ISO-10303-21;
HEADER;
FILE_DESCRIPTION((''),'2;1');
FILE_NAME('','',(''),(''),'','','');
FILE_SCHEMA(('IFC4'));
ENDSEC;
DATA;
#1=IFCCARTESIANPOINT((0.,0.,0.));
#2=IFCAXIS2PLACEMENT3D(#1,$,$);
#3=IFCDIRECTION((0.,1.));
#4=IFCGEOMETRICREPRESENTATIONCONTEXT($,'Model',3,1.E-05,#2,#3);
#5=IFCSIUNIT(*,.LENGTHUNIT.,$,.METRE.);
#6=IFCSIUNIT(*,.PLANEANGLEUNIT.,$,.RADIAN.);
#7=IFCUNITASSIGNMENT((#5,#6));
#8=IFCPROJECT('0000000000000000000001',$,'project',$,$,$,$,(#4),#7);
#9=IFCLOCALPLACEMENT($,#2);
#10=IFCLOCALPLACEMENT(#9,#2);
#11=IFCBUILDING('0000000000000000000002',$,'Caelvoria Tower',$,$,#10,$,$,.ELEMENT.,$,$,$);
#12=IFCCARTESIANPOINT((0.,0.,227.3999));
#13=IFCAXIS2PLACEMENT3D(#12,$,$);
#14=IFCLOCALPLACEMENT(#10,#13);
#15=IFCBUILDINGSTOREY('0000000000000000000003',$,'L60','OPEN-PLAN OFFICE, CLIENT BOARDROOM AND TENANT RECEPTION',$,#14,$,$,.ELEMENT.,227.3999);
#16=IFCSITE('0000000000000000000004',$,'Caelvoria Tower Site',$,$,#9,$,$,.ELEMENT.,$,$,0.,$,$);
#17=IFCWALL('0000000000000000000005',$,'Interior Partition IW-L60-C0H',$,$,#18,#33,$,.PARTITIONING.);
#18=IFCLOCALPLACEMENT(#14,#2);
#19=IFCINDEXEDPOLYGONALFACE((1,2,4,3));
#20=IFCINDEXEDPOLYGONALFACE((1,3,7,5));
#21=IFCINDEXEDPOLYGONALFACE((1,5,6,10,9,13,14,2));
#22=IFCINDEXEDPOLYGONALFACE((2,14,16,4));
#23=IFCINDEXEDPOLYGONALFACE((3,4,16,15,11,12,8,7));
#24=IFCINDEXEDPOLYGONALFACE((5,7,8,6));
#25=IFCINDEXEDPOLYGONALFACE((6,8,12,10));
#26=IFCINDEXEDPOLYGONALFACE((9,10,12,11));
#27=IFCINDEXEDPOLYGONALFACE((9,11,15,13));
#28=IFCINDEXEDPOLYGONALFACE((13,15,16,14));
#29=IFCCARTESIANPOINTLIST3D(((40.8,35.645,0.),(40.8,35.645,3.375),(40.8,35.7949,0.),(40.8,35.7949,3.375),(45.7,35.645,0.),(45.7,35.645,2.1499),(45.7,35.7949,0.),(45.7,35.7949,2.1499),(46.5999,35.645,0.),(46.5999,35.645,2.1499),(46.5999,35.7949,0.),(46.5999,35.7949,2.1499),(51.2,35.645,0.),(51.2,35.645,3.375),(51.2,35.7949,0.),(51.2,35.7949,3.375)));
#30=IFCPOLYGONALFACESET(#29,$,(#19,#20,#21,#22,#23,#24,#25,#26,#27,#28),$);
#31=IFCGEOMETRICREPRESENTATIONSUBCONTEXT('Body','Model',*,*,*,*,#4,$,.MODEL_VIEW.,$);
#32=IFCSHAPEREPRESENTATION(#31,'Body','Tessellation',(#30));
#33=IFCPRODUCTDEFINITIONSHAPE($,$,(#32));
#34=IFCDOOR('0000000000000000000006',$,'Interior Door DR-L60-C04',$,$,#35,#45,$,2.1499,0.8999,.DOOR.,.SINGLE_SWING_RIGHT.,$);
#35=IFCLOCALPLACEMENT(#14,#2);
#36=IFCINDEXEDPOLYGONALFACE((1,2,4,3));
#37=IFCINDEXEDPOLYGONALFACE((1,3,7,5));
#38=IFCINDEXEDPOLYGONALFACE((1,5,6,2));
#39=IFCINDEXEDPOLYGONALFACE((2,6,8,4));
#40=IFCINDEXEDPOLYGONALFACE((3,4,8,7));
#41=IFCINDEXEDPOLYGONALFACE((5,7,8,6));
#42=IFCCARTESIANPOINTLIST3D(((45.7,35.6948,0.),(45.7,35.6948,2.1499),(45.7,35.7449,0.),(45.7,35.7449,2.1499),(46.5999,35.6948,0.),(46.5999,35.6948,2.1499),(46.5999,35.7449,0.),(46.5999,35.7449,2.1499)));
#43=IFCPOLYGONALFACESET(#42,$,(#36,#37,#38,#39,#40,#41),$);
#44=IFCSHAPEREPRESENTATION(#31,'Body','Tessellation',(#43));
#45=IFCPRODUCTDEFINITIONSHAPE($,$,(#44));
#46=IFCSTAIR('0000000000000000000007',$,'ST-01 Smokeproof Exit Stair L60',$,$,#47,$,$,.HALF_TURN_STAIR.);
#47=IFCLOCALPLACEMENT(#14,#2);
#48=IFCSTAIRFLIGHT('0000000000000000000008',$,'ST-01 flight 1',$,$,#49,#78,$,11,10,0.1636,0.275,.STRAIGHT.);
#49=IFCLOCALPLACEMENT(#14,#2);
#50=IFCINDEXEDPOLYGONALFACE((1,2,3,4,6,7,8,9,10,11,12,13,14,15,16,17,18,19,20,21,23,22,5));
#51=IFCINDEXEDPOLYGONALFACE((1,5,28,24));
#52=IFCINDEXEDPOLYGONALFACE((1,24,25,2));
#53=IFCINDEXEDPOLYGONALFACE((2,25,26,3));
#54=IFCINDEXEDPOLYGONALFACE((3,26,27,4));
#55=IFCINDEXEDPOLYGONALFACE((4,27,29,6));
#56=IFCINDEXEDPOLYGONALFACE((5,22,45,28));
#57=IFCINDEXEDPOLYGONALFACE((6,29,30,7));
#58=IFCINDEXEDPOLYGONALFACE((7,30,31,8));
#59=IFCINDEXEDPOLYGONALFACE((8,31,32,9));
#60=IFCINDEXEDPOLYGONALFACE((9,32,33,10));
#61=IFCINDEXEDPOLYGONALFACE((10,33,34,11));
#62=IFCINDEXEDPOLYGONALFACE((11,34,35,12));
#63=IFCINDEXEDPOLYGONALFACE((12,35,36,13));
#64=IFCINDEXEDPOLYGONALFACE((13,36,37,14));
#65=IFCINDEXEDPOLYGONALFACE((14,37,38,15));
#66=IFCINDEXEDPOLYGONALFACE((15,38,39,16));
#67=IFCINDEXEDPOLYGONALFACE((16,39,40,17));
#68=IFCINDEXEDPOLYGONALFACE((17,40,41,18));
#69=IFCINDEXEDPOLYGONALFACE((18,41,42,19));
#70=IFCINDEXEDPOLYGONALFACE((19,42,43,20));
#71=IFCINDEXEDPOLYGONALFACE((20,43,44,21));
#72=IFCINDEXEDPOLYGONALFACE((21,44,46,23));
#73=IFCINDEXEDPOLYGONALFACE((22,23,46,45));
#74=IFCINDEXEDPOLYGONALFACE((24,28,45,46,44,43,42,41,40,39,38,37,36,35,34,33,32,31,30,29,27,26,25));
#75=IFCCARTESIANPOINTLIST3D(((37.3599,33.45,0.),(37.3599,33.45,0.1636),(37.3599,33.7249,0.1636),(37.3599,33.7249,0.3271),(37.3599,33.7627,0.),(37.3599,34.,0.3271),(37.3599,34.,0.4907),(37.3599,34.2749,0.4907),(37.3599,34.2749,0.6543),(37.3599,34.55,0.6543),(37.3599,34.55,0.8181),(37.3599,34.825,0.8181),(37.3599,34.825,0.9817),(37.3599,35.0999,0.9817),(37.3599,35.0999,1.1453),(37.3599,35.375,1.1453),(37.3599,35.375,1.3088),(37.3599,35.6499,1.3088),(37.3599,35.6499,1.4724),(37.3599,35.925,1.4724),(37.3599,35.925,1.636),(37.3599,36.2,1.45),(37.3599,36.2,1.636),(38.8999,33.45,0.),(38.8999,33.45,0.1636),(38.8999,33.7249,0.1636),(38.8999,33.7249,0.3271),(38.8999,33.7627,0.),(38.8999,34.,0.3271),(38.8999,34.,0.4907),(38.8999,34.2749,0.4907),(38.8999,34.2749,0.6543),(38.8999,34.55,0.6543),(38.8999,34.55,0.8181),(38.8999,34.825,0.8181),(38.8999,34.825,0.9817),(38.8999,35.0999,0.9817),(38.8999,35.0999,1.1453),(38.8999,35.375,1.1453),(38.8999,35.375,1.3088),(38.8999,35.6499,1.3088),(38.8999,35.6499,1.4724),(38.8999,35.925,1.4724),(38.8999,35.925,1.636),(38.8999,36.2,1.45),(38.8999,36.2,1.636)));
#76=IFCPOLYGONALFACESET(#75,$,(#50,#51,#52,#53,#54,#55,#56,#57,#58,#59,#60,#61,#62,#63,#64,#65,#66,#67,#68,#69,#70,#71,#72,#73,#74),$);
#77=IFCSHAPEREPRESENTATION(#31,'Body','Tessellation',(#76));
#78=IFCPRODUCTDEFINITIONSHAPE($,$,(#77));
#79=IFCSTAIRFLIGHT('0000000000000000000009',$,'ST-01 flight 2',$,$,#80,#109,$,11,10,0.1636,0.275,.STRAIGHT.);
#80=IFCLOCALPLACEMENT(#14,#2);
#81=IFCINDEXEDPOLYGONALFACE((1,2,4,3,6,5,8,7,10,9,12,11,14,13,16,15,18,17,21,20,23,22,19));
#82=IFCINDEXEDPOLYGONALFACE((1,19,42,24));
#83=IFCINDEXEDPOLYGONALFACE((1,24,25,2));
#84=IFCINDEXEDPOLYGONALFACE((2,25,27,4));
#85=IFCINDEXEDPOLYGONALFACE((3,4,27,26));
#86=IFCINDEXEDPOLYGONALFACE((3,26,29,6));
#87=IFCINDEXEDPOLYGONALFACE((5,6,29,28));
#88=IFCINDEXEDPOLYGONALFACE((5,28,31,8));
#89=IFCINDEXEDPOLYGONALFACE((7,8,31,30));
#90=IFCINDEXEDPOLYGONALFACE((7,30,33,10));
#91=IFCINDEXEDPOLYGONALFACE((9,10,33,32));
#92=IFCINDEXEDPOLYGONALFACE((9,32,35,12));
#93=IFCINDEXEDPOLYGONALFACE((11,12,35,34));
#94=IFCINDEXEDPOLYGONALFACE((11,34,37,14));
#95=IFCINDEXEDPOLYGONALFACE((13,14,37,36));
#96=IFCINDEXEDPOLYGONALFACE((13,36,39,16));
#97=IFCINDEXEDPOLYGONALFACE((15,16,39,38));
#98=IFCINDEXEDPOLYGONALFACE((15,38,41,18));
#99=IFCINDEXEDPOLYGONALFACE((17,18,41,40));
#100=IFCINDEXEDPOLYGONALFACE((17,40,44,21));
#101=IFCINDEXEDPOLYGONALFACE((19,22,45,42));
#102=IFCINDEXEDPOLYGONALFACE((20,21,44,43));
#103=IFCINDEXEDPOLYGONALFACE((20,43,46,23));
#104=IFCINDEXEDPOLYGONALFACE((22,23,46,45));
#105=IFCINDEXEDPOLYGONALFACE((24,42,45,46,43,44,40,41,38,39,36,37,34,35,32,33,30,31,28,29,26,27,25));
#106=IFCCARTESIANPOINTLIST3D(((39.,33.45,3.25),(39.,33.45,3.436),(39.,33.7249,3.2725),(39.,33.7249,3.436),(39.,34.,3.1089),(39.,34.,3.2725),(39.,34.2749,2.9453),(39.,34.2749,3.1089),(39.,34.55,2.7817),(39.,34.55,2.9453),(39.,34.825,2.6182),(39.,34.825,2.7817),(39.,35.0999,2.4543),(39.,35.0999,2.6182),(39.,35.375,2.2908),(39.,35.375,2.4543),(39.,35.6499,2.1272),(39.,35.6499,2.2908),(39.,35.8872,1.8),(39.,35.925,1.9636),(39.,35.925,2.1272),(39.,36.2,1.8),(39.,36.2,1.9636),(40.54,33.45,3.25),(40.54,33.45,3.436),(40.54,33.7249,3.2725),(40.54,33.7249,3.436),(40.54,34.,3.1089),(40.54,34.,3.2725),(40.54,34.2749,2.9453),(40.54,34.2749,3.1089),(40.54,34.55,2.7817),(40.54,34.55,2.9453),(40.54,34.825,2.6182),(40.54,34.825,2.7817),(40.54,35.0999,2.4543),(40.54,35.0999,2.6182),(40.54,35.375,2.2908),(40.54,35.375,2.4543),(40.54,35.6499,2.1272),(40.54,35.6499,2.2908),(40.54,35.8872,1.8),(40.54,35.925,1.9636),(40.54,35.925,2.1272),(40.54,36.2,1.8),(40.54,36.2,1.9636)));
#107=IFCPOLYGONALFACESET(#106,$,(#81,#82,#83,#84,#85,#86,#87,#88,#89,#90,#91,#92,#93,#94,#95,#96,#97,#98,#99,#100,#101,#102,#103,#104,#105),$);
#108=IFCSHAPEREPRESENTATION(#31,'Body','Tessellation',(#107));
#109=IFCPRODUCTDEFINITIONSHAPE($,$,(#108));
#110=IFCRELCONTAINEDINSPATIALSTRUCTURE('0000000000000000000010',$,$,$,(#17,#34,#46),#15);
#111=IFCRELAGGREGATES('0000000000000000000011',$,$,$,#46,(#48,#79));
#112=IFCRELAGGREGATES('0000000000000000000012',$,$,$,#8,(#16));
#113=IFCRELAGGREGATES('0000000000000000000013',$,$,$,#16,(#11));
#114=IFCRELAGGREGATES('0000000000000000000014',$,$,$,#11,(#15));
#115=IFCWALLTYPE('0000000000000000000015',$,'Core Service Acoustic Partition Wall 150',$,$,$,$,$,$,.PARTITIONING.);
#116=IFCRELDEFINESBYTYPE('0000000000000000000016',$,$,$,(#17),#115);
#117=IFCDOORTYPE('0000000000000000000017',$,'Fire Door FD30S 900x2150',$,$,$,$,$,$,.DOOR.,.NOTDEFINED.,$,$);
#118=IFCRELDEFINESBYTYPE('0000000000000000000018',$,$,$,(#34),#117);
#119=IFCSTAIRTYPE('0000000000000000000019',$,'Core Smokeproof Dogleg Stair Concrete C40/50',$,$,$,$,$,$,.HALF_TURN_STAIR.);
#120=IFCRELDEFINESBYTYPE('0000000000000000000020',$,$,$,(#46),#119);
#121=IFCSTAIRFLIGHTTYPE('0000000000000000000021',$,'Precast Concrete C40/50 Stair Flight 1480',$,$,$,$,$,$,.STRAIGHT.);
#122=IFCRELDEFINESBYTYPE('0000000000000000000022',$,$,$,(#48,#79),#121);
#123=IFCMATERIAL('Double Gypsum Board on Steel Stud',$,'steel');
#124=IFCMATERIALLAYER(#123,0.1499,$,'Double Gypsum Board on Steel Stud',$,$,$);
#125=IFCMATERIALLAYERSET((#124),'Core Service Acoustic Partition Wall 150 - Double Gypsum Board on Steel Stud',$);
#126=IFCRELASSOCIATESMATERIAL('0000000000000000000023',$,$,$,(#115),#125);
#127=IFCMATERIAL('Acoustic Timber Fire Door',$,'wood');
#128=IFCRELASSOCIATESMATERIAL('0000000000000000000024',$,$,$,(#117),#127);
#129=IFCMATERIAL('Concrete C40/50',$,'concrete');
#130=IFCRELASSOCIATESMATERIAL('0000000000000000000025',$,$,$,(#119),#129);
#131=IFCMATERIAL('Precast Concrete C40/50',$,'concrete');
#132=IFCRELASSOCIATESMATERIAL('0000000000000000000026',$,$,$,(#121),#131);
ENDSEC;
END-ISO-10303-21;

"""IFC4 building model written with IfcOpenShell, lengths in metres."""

from ifc_helpers import new_model, si_unit, direction, frame, frame_2d, origin, place, context, subcontext, project, spatial, polyline, rectangle, outline, extrude, material, layer, layer_set, type_object, element, fill, aggregate, save


model = new_model("IFC4")

# Units and contexts
model_context = context("Model", 3, precision=1e-05, world=origin(), true_north=direction((0.0, 1.0)))
body_context = subcontext(model_context, "Body", "Model", "MODEL_VIEW")
ifc_project = project(units=[si_unit("LENGTHUNIT", "METRE"), si_unit("PLANEANGLEUNIT", "RADIAN")], contexts=[model_context])

# Site, building, storey
site_placement = place(None, origin())
site = spatial("IfcSite", under=ifc_project, at=site_placement, Name="Caelvoria Tower Site", CompositionType="ELEMENT", RefElevation=0.0)
building_placement = place(site_placement, origin())
building = spatial("IfcBuilding", under=site, at=building_placement, Name="Caelvoria Tower", CompositionType="ELEMENT")
storey_placement = place(building_placement, frame((0.0, 0.0, 227.3999)))
storey = spatial("IfcBuildingStorey", under=building, at=storey_placement, Name="L60", Description="OPEN-PLAN OFFICE, CLIENT BOARDROOM AND TENANT RECEPTION", CompositionType="ELEMENT", Elevation=227.3999)

# Wall, opening, door
ifc_material_1 = material(Name="Double Gypsum Board on Steel Stud", Category="steel")
ifc_layer_1 = layer(ifc_material_1, 0.1499, Name="Double Gypsum Board on Steel Stud")
ifc_layer_set_1 = layer_set([ifc_layer_1], Name="Core Service Acoustic Partition Wall 150 - Double Gypsum Board on Steel Stud")
wall_type_1 = type_object("IfcWallType", Name="Core Service Acoustic Partition Wall 150", PredefinedType="PARTITIONING", material=ifc_layer_set_1)
wall_1_placement = place(storey_placement, frame((40.8, 35.72, 0.0), z_axis=(0.0, 0.0, 1.0), x_axis=(1.0, 0.0, 0.0)))
wall_1 = element("IfcWall", 1, at=wall_1_placement, inside=storey, type_object=wall_type_1, Name="Interior Partition IW-L60-C0H", PredefinedType="PARTITIONING", context=body_context, shape_type="SweptSolid", body=[
    extrude(rectangle(XDim=10.3999, YDim=0.1499, at=frame_2d((5.2, 0.0))), origin(), (0.0, 0.0, 1.0), 3.375),
])
opening_1_placement = place(wall_1_placement, frame((4.8999, 0.0, 0.0)))
opening_1 = element("IfcOpeningElement", 2, at=opening_1_placement, cuts=wall_1, PredefinedType="OPENING", context=body_context, shape_type="SweptSolid", body=[
    extrude(rectangle(XDim=0.8999, YDim=2.1499, at=frame_2d((0.45, 1.075))), frame((0.0, 0.085, 0.0), z_axis=(0.0, -1.0, 0.0), x_axis=(1.0, 0.0, 0.0)), (0.0, 0.0, 1.0), 0.1699),
])
ifc_material_2 = material(Name="Acoustic Timber Fire Door", Category="wood")
door_type_1 = type_object("IfcDoorType", Name="Fire Door FD30S 900x2150", OperationType="NOTDEFINED", PredefinedType="DOOR", material=ifc_material_2)
door_1_placement = place(opening_1_placement, origin())
door_1 = element("IfcDoor", 3, at=door_1_placement, inside=storey, type_object=door_type_1, Name="Interior Door DR-L60-C04", OperationType="SINGLE_SWING_RIGHT", OverallHeight=2.1499, OverallWidth=0.8999, PredefinedType="DOOR", context=body_context, shape_type="SweptSolid", body=[
    extrude(rectangle(XDim=0.8999, YDim=2.1499, at=frame_2d((0.45, 1.075))), frame((0.0, 0.0249, 0.0), z_axis=(0.0, -1.0, 0.0), x_axis=(1.0, 0.0, 0.0)), (0.0, 0.0, 1.0), 0.05),
])
fill(opening_1, door_1)

# Stair, stair flights
ifc_material_3 = material(Name="Concrete C40/50", Category="concrete")
stair_type = type_object("IfcStairType", Name="Core Smokeproof Dogleg Stair Concrete C40/50", PredefinedType="HALF_TURN_STAIR", material=ifc_material_3)
stair_placement = place(storey_placement, origin())
stair = element("IfcStair", 4, at=stair_placement, inside=storey, type_object=stair_type, Name="ST-01 Smokeproof Exit Stair L60", PredefinedType="HALF_TURN_STAIR")
ifc_material_4 = material(Name="Precast Concrete C40/50", Category="concrete")
stair_flight_type = type_object("IfcStairFlightType", Name="Precast Concrete C40/50 Stair Flight 1480", PredefinedType="STRAIGHT", material=ifc_material_4)
stair_flight_1_placement = place(storey_placement, frame((38.1299, 33.45, 0.0), z_axis=(0.0, 0.0, 1.0), x_axis=(0.0, 1.0, 0.0)))
stair_flight_1 = element("IfcStairFlight", 5, at=stair_flight_1_placement, type_object=stair_flight_type, Name="ST-01 flight 1", NumberOfRisers=11, NumberOfTreads=10, PredefinedType="STRAIGHT", RiserHeight=0.1636, TreadLength=0.275, context=body_context, shape_type="SweptSolid", body=[
    extrude(outline(polyline([(0.0, 0.0), (0.0, 0.1636), (0.2749, 0.1636), (0.2749, 0.3271), (0.55, 0.3271), (0.55, 0.4907), (0.825, 0.4907), (0.825, 0.6543), (1.1001, 0.6543), (1.1001, 0.8181), (1.375, 0.8181), (1.375, 0.9817), (1.6499, 0.9817), (1.6499, 1.1453), (1.925, 1.1453), (1.925, 1.3088), (2.2, 1.3088), (2.2, 1.4724), (2.4751, 1.4724), (2.4751, 1.636), (2.75, 1.636), (2.75, 1.7996), (2.75, 1.45), (0.3127, 0.0), (0.0, 0.0)])), frame((0.0, 0.77, 0.0), z_axis=(0.0, -1.0, 0.0), x_axis=(1.0, 0.0, 0.0)), (0.0, 0.0, 1.0), 1.54),
])
stair_flight_2_placement = place(storey_placement, frame((39.77, 36.2, 1.8), z_axis=(0.0, 0.0, 1.0), x_axis=(0.0, -1.0, 0.0)))
stair_flight_2 = element("IfcStairFlight", 6, at=stair_flight_2_placement, type_object=stair_flight_type, Name="ST-01 flight 2", NumberOfRisers=11, NumberOfTreads=10, PredefinedType="STRAIGHT", RiserHeight=0.1636, TreadLength=0.275, context=body_context, shape_type="SweptSolid", body=[
    extrude(outline(polyline([(0.0, 0.0), (0.0, 0.1636), (0.2749, 0.1636), (0.2749, 0.3271), (0.55, 0.3271), (0.55, 0.4907), (0.825, 0.4907), (0.825, 0.6543), (1.1001, 0.6543), (1.1001, 0.8181), (1.375, 0.8181), (1.375, 0.9817), (1.6499, 0.9817), (1.6499, 1.1453), (1.925, 1.1453), (1.925, 1.3088), (2.2, 1.3088), (2.2, 1.4724), (2.4751, 1.4724), (2.4751, 1.636), (2.75, 1.636), (2.75, 1.7996), (2.75, 1.45), (0.3127, 0.0), (0.0, 0.0)])), frame((0.0, 0.77, 0.0), z_axis=(0.0, -1.0, 0.0), x_axis=(1.0, 0.0, 0.0)), (0.0, 0.0, 1.0), 1.54),
])
aggregate(stair, [stair_flight_1, stair_flight_2])

save(model, "model.ifc")
